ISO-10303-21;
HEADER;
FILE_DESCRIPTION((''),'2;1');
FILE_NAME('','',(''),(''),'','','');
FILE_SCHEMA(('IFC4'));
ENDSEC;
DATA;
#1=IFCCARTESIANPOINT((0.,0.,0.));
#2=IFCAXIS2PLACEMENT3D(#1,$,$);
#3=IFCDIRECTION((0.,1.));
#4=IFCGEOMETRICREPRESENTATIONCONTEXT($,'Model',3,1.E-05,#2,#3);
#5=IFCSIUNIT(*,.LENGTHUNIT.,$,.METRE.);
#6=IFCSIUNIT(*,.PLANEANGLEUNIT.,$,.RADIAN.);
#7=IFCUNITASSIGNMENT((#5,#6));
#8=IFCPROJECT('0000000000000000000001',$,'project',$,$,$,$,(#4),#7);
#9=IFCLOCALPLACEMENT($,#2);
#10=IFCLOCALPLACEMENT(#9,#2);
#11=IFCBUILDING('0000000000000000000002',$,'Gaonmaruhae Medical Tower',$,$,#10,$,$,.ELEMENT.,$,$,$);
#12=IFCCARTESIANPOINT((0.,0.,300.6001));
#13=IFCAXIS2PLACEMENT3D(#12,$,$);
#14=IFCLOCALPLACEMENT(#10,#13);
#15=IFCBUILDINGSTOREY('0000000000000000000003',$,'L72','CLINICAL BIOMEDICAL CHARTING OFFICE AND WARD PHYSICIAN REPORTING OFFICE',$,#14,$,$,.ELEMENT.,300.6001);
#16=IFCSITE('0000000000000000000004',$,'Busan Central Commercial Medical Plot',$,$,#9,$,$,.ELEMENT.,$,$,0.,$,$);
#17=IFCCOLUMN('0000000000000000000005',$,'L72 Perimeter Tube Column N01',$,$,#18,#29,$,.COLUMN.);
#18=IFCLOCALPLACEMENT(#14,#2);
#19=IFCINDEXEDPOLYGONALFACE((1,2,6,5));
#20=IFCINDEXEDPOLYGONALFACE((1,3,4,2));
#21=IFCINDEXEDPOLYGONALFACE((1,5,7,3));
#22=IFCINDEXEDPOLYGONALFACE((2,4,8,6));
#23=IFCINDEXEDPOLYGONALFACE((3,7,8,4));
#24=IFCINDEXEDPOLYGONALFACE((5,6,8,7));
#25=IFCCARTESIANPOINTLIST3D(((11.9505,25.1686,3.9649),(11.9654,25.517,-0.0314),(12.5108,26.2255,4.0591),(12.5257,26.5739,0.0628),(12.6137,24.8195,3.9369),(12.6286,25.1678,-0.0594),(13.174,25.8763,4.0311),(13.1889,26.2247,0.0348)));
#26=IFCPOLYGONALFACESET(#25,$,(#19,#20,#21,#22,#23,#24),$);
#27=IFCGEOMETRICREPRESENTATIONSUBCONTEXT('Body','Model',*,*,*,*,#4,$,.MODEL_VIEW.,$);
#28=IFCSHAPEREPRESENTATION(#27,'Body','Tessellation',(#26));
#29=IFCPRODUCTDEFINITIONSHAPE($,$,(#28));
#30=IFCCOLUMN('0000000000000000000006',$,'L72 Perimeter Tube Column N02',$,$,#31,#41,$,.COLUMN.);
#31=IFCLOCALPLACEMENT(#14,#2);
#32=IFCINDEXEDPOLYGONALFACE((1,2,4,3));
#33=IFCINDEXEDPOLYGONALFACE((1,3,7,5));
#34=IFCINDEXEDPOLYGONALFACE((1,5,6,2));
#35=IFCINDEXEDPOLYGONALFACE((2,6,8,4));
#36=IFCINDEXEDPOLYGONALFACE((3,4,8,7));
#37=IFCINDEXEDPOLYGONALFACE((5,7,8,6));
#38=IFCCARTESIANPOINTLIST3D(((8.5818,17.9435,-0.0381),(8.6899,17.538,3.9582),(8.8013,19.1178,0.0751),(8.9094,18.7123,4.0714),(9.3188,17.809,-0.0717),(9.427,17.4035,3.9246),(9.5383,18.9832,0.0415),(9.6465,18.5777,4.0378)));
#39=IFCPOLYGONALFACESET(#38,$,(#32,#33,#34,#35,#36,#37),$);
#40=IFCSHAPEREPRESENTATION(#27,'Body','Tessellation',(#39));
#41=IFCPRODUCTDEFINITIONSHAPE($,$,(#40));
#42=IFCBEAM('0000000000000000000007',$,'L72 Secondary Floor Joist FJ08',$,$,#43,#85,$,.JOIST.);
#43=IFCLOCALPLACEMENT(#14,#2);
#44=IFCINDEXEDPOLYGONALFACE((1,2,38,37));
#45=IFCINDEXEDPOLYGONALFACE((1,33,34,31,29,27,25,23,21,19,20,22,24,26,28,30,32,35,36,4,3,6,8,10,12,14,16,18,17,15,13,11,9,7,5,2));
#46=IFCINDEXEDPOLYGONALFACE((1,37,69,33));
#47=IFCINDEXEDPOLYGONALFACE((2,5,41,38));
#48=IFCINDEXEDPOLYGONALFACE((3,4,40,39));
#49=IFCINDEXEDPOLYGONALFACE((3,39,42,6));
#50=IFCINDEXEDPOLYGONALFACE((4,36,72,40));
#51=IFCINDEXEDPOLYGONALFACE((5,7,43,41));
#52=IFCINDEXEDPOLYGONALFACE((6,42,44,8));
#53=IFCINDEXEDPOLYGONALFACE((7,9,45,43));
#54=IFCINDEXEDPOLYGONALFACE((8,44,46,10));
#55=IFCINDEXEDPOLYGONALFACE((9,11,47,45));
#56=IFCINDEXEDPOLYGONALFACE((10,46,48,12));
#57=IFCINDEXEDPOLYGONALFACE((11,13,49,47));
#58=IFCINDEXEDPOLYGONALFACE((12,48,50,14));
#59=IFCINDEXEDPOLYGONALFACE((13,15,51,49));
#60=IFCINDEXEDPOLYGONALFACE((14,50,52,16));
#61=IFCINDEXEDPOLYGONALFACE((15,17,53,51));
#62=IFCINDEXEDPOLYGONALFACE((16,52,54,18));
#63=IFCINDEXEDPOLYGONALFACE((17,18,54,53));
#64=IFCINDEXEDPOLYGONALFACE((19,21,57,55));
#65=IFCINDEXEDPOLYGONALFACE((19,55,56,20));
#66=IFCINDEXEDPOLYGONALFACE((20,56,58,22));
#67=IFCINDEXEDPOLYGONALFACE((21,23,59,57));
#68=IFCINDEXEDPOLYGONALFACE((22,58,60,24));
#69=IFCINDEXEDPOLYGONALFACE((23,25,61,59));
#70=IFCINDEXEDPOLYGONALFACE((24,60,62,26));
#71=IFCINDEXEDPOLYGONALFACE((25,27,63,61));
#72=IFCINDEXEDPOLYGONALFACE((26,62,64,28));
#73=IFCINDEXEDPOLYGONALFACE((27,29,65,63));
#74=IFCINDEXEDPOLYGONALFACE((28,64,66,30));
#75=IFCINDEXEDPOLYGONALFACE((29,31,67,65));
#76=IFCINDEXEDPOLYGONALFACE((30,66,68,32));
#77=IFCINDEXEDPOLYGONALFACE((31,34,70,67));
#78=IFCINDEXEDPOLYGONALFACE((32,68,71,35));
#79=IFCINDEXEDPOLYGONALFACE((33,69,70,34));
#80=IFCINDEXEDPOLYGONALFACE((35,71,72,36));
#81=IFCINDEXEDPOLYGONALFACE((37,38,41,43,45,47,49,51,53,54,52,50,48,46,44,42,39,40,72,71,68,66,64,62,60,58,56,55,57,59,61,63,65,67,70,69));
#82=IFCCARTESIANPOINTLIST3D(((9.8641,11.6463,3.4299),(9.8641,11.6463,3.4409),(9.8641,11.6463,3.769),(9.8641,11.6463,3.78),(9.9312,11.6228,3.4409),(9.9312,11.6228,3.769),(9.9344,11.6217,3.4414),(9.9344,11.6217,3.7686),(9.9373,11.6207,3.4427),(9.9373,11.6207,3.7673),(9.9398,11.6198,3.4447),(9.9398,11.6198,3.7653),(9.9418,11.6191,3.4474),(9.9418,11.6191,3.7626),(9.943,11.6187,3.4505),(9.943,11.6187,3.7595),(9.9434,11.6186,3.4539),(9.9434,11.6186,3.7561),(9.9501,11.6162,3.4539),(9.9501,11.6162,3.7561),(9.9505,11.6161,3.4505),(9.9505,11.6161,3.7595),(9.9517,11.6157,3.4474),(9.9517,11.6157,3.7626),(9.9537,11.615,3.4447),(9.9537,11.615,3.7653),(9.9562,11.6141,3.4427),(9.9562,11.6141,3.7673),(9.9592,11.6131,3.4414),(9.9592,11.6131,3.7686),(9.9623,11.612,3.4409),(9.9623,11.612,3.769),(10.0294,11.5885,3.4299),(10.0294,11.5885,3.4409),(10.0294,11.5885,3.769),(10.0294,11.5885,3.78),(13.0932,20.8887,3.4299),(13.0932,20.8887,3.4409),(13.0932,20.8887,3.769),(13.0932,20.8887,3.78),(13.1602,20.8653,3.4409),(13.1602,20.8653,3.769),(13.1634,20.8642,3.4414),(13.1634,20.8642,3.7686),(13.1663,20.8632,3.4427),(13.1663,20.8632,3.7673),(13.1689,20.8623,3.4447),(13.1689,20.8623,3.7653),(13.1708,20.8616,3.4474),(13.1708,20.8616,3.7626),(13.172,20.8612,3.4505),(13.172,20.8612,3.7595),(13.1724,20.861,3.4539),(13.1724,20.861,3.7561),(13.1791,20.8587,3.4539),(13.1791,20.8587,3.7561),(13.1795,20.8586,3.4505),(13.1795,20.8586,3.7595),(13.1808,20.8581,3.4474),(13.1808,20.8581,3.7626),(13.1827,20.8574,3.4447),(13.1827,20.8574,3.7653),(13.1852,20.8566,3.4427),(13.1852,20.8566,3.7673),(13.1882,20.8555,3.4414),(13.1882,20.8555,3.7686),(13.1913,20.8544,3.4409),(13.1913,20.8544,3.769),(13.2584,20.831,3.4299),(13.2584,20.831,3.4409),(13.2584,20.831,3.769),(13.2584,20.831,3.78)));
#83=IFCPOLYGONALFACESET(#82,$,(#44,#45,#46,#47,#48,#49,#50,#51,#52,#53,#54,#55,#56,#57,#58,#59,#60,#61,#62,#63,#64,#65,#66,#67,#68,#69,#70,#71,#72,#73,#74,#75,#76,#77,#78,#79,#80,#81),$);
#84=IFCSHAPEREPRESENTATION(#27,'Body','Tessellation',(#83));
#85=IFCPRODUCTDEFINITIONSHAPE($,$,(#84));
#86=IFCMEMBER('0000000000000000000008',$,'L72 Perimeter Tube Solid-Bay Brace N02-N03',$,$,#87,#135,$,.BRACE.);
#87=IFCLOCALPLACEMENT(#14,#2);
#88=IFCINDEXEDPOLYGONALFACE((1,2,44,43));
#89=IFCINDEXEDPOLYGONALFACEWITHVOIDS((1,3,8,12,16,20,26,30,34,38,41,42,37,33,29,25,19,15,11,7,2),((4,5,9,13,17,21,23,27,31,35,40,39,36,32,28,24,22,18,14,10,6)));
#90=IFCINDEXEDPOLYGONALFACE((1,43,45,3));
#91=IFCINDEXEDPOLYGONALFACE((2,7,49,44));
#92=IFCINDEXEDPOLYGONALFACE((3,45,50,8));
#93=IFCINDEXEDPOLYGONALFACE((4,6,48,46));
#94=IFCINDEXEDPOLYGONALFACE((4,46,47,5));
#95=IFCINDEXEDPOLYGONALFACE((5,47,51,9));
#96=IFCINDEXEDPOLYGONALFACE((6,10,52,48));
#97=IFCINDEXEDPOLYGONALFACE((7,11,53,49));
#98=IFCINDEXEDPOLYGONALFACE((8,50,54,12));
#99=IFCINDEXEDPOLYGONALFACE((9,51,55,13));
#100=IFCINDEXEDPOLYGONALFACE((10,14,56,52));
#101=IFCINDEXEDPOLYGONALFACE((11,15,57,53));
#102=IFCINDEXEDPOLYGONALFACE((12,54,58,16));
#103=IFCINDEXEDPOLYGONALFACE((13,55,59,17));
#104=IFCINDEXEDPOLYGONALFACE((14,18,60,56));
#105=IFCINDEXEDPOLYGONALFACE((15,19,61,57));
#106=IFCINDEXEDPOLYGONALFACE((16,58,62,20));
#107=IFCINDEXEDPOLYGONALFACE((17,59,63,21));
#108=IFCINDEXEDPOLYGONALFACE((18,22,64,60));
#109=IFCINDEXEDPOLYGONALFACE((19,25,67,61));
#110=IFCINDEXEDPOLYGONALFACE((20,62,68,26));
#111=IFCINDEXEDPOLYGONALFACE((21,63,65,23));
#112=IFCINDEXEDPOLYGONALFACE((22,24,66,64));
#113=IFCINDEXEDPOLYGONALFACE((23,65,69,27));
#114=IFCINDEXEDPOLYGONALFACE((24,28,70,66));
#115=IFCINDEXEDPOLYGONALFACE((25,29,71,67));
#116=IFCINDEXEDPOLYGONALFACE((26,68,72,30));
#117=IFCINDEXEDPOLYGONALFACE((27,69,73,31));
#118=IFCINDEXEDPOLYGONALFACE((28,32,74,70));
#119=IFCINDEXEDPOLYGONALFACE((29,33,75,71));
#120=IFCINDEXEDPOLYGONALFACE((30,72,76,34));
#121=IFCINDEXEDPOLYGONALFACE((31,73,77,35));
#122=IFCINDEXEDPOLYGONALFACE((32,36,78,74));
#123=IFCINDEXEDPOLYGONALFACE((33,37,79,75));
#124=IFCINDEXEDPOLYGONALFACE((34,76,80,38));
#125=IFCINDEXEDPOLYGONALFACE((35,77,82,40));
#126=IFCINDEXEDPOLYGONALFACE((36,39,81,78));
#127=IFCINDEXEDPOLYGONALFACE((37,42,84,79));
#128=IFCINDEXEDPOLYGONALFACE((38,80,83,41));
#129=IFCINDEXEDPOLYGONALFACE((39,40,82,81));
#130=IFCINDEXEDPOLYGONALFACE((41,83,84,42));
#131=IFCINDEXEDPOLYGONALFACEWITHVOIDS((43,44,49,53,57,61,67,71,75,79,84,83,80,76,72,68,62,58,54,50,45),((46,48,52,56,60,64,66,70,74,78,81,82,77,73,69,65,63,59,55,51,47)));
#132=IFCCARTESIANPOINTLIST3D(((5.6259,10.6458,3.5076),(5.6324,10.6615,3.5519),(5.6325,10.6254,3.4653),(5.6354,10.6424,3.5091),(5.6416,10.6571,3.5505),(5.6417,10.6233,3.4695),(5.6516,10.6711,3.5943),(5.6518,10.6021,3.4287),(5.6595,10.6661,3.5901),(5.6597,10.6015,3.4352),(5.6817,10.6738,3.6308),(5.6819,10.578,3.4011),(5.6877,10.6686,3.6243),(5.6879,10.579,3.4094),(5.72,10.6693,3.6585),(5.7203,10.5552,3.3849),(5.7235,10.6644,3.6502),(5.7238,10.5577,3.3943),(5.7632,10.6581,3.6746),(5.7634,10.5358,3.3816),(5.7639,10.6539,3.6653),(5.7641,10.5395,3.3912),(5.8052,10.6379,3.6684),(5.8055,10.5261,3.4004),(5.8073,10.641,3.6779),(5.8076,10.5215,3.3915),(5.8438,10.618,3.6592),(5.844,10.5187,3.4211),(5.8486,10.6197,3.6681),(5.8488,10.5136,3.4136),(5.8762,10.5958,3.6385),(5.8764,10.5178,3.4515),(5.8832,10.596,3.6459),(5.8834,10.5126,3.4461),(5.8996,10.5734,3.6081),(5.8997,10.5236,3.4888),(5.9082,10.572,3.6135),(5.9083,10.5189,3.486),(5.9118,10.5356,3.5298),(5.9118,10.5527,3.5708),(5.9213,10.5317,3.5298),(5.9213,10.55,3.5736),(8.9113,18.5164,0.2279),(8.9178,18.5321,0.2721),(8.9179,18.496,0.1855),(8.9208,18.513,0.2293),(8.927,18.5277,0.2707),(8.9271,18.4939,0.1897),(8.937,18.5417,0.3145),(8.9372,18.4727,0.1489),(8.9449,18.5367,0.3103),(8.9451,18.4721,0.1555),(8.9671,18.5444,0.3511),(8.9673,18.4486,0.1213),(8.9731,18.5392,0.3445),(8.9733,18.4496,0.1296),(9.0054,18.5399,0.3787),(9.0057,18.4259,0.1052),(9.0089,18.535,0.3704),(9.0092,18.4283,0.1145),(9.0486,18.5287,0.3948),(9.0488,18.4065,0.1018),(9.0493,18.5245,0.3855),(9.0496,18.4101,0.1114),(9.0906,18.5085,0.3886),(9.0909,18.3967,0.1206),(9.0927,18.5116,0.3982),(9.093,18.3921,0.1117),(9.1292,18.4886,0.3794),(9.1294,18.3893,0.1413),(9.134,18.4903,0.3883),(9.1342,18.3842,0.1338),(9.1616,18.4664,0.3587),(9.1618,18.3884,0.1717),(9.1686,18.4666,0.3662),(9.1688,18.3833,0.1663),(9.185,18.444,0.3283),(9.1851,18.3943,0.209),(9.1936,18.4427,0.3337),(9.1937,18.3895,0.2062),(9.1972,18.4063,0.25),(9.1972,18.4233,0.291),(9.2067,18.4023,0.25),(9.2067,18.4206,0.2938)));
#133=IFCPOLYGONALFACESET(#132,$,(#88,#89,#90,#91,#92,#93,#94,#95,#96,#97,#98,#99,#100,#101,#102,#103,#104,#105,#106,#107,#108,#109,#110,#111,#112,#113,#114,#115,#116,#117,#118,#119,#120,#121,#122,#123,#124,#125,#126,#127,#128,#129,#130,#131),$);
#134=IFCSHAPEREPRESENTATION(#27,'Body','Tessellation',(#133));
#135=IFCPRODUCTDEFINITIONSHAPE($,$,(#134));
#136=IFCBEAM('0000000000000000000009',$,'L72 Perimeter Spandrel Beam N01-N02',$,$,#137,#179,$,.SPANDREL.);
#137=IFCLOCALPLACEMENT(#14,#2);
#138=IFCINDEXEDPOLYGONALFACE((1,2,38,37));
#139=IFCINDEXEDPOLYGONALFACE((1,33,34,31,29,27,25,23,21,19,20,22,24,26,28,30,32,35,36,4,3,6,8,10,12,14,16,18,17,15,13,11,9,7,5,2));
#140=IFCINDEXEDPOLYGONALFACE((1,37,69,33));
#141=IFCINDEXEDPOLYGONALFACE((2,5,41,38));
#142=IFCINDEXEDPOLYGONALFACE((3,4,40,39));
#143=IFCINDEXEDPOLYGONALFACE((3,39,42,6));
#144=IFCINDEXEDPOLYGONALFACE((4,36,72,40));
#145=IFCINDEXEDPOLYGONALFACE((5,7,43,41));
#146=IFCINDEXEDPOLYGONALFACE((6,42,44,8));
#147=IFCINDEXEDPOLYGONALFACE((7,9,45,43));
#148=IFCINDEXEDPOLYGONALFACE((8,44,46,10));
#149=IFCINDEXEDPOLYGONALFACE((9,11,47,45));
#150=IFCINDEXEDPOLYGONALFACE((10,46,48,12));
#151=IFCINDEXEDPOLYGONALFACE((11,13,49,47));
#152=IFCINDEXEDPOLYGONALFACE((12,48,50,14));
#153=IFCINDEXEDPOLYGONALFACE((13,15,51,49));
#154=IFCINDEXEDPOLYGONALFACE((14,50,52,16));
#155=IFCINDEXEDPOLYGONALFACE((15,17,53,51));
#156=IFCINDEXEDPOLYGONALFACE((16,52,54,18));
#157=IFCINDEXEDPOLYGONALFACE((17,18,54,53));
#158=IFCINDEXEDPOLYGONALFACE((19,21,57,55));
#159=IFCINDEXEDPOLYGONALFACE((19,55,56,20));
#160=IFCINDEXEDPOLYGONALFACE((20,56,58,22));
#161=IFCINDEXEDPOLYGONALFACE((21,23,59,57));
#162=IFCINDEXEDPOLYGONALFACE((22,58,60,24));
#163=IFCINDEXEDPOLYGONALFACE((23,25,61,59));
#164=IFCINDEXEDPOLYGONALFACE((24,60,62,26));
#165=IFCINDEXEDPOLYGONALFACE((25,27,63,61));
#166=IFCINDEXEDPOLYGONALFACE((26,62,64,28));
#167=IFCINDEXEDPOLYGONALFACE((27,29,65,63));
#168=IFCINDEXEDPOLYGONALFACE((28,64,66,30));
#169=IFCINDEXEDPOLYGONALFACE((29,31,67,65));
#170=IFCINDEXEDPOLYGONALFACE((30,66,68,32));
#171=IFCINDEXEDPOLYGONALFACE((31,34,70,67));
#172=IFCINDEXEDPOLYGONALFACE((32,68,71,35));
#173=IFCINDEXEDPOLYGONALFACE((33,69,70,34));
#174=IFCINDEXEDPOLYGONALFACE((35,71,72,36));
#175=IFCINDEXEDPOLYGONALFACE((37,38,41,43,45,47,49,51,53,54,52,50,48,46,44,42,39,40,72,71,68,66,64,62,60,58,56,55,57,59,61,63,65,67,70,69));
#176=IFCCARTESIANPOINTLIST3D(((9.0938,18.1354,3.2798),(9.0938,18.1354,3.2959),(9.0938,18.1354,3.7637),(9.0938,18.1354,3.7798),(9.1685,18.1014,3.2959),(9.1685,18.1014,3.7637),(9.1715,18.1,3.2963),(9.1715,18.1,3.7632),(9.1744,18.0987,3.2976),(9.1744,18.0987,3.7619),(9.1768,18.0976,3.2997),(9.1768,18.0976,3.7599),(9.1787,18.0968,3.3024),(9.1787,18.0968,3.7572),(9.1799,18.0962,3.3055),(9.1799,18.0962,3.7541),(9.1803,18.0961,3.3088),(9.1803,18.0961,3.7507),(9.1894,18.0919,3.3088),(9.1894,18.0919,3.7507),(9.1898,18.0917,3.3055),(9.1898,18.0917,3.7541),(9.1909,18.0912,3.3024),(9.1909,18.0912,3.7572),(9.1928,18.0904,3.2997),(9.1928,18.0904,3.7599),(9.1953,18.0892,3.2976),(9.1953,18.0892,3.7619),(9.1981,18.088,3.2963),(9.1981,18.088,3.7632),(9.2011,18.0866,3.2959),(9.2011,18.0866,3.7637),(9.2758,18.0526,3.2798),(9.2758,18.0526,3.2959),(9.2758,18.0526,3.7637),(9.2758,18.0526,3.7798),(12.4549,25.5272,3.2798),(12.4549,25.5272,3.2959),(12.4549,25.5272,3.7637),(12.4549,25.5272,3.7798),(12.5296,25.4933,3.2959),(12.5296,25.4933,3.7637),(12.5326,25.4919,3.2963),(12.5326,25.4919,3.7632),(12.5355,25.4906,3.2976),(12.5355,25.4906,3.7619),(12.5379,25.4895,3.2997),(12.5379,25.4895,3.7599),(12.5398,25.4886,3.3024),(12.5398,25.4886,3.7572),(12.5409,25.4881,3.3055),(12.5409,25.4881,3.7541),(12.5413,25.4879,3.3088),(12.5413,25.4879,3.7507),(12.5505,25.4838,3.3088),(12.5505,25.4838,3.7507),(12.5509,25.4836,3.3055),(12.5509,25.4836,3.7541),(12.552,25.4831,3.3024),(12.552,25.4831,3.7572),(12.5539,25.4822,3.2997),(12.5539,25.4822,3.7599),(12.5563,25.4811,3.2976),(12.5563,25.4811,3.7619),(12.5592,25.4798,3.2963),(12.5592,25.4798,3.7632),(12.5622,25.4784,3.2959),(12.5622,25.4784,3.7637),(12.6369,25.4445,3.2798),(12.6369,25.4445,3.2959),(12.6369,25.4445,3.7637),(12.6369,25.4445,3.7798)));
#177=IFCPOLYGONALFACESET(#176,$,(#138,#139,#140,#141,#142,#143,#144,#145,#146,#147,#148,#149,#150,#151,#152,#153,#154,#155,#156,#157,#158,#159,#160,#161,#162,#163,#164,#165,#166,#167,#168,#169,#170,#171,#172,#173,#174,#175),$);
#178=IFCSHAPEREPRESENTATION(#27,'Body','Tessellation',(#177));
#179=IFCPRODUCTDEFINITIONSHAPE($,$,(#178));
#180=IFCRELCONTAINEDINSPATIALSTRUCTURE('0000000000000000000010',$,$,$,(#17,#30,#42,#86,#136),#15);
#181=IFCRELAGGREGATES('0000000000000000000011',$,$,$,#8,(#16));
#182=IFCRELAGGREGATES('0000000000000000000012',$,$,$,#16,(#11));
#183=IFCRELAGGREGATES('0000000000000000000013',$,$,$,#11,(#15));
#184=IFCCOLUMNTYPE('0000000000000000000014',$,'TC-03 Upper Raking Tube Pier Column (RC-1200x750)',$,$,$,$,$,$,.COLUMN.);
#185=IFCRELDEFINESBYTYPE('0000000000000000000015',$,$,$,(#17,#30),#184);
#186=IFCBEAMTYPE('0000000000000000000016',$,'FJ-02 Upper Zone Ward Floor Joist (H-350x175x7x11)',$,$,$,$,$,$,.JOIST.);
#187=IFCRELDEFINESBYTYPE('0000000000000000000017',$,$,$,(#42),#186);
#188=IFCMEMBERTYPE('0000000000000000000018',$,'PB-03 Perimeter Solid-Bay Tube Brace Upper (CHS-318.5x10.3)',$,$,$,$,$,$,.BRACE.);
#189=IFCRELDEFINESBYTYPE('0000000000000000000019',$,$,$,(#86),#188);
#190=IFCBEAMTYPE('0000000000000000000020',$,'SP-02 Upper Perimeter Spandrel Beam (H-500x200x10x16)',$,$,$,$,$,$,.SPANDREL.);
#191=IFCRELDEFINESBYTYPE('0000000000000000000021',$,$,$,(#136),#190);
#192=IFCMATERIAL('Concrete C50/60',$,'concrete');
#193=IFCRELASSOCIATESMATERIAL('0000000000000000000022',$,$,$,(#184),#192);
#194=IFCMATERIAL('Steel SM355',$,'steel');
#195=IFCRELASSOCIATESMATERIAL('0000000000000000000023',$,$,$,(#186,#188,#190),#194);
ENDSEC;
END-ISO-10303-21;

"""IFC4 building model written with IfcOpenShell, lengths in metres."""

from ifc_helpers import new_model, si_unit, direction, frame, origin, origin_2d, place, context, subcontext, project, spatial, rectangle, hollow_circle, i_section, extrude, material, material_profile, profile_set, type_object, element, save


model = new_model("IFC4")

# Units and contexts
model_context = context("Model", 3, precision=1e-05, world=origin(), true_north=direction((0.0, 1.0)))
body_context = subcontext(model_context, "Body", "Model", "MODEL_VIEW")
ifc_project = project(units=[si_unit("LENGTHUNIT", "METRE"), si_unit("PLANEANGLEUNIT", "RADIAN")], contexts=[model_context])

# Site, building, storey
site_placement = place(None, origin())
site = spatial("IfcSite", under=ifc_project, at=site_placement, Name="Busan Central Commercial Medical Plot", CompositionType="ELEMENT", RefElevation=0.0)
building_placement = place(site_placement, origin())
building = spatial("IfcBuilding", under=site, at=building_placement, Name="Gaonmaruhae Medical Tower", CompositionType="ELEMENT")
storey_placement = place(building_placement, frame((0.0, 0.0, 300.6001)))
storey = spatial("IfcBuildingStorey", under=building, at=storey_placement, Name="L72", Description="CLINICAL BIOMEDICAL CHARTING OFFICE AND WARD PHYSICIAN REPORTING OFFICE", CompositionType="ELEMENT", Elevation=300.6001)

# Columns
ifc_material_1 = material(Name="Concrete C50/60", Category="concrete")
ifc_material_profile_1 = material_profile(ifc_material_1, rectangle(XDim=1.2, YDim=0.75, at=origin_2d()), Name="RC-1200x750")
ifc_profile_set_1 = profile_set([ifc_material_profile_1], Name="Concrete C50/60")
column_type = type_object("IfcColumnType", Name="TC-03 Upper Raking Tube Pier Column (RC-1200x750)", PredefinedType="COLUMN", material=ifc_profile_set_1)
column_1_placement = place(storey_placement, frame((12.5771, 25.8708, 0.0017), z_axis=(-0.003712, -0.086847, 0.996215), x_axis=(0.466977, 0.880776, 0.078524)))
element("IfcColumn", 1, at=column_1_placement, inside=storey, type_object=column_type, Name="L72 Perimeter Tube Column N01", PredefinedType="COLUMN", context=body_context, shape_type="SweptSolid", body=[
    extrude(rectangle(XDim=1.2, YDim=0.75, at=origin_2d()), origin(), (0.0, 0.0, 1.0), 4.0115),
])
column_2_placement = place(storey_placement, frame((9.0601, 18.4634, 0.0017), z_axis=(0.026915, -0.100917, 0.994531), x_axis=(0.182933, 0.978588, 0.094349)))
element("IfcColumn", 2, at=column_2_placement, inside=storey, type_object=column_type, Name="L72 Perimeter Tube Column N02", PredefinedType="COLUMN", context=body_context, shape_type="SweptSolid", body=[
    extrude(rectangle(XDim=1.2, YDim=0.75, at=origin_2d()), origin(), (0.0, 0.0, 1.0), 4.0183),
])

# Beam
ifc_material_2 = material(Name="Steel SM355", Category="steel")
ifc_material_profile_2 = material_profile(ifc_material_2, i_section(OverallWidth=0.175, OverallDepth=0.3501, WebThickness=0.0071, FlangeThickness=0.011, FilletRadius=0.0129, at=origin_2d()), Name="H-350x175x7x11")
ifc_profile_set_2 = profile_set([ifc_material_profile_2], Name="Steel SM355")
beam_type_1 = type_object("IfcBeamType", Name="FJ-02 Upper Zone Ward Floor Joist (H-350x175x7x11)", PredefinedType="JOIST", material=ifc_profile_set_2)
beam_1_placement = place(storey_placement, frame((13.1758, 20.8599, 3.605), z_axis=(-0.329818, -0.944044, 0.0), x_axis=(0.944044, -0.329818, 0.0)))
element("IfcBeam", 3, at=beam_1_placement, inside=storey, type_object=beam_type_1, Name="L72 Secondary Floor Joist FJ08", PredefinedType="JOIST", context=body_context, shape_type="SweptSolid", body=[
    extrude(i_section(OverallWidth=0.175, OverallDepth=0.3501, WebThickness=0.0071, FlangeThickness=0.011, FilletRadius=0.0129, at=origin_2d()), origin(), (0.0, 0.0, 1.0), 9.7903),
])

# Member
ifc_material_profile_3 = material_profile(ifc_material_2, hollow_circle(Radius=0.1592, WallThickness=0.0103, at=origin_2d()), Name="CHS-318.5x10.3")
ifc_profile_set_3 = profile_set([ifc_material_profile_3], Name="Steel SM355")
member_type = type_object("IfcMemberType", Name="PB-03 Perimeter Solid-Bay Tube Brace Upper (CHS-318.5x10.3)", PredefinedType="BRACE", material=ifc_profile_set_3)
member_placement = place(storey_placement, frame((9.0598, 18.4636, 0.25), z_axis=(-0.359544, -0.861335, 0.35893), x_axis=(0.922828, -0.385213, 0.0)))
element("IfcMember", 4, at=member_placement, inside=storey, type_object=member_type, Name="L72 Perimeter Tube Solid-Bay Brace N02-N03", PredefinedType="BRACE", context=body_context, shape_type="SweptSolid", body=[
    extrude(hollow_circle(Radius=0.1592, WallThickness=0.0103, at=origin_2d()), origin(), (0.0, 0.0, 1.0), 9.1377),
])

# Beam
ifc_material_profile_4 = material_profile(ifc_material_2, i_section(OverallWidth=0.2, OverallDepth=0.5, WebThickness=0.01, FlangeThickness=0.0161, FilletRadius=0.0129, at=origin_2d()), Name="H-500x200x10x16")
ifc_profile_set_4 = profile_set([ifc_material_profile_4], Name="Steel SM355")
beam_type_2 = type_object("IfcBeamType", Name="SP-02 Upper Perimeter Spandrel Beam (H-500x200x10x16)", PredefinedType="SPANDREL", material=ifc_profile_set_4)
beam_2_placement = place(storey_placement, frame((12.5459, 25.4858, 3.5298), z_axis=(-0.413921, -0.910313, 0.0), x_axis=(0.910313, -0.413921, 0.0)))
element("IfcBeam", 5, at=beam_2_placement, inside=storey, type_object=beam_type_2, Name="L72 Perimeter Spandrel Beam N01-N02", PredefinedType="SPANDREL", context=body_context, shape_type="SweptSolid", body=[
    extrude(i_section(OverallWidth=0.2, OverallDepth=0.5, WebThickness=0.01, FlangeThickness=0.0161, FilletRadius=0.0129, at=origin_2d()), origin(), (0.0, 0.0, 1.0), 8.1201),
])

save(model, "model.ifc")
